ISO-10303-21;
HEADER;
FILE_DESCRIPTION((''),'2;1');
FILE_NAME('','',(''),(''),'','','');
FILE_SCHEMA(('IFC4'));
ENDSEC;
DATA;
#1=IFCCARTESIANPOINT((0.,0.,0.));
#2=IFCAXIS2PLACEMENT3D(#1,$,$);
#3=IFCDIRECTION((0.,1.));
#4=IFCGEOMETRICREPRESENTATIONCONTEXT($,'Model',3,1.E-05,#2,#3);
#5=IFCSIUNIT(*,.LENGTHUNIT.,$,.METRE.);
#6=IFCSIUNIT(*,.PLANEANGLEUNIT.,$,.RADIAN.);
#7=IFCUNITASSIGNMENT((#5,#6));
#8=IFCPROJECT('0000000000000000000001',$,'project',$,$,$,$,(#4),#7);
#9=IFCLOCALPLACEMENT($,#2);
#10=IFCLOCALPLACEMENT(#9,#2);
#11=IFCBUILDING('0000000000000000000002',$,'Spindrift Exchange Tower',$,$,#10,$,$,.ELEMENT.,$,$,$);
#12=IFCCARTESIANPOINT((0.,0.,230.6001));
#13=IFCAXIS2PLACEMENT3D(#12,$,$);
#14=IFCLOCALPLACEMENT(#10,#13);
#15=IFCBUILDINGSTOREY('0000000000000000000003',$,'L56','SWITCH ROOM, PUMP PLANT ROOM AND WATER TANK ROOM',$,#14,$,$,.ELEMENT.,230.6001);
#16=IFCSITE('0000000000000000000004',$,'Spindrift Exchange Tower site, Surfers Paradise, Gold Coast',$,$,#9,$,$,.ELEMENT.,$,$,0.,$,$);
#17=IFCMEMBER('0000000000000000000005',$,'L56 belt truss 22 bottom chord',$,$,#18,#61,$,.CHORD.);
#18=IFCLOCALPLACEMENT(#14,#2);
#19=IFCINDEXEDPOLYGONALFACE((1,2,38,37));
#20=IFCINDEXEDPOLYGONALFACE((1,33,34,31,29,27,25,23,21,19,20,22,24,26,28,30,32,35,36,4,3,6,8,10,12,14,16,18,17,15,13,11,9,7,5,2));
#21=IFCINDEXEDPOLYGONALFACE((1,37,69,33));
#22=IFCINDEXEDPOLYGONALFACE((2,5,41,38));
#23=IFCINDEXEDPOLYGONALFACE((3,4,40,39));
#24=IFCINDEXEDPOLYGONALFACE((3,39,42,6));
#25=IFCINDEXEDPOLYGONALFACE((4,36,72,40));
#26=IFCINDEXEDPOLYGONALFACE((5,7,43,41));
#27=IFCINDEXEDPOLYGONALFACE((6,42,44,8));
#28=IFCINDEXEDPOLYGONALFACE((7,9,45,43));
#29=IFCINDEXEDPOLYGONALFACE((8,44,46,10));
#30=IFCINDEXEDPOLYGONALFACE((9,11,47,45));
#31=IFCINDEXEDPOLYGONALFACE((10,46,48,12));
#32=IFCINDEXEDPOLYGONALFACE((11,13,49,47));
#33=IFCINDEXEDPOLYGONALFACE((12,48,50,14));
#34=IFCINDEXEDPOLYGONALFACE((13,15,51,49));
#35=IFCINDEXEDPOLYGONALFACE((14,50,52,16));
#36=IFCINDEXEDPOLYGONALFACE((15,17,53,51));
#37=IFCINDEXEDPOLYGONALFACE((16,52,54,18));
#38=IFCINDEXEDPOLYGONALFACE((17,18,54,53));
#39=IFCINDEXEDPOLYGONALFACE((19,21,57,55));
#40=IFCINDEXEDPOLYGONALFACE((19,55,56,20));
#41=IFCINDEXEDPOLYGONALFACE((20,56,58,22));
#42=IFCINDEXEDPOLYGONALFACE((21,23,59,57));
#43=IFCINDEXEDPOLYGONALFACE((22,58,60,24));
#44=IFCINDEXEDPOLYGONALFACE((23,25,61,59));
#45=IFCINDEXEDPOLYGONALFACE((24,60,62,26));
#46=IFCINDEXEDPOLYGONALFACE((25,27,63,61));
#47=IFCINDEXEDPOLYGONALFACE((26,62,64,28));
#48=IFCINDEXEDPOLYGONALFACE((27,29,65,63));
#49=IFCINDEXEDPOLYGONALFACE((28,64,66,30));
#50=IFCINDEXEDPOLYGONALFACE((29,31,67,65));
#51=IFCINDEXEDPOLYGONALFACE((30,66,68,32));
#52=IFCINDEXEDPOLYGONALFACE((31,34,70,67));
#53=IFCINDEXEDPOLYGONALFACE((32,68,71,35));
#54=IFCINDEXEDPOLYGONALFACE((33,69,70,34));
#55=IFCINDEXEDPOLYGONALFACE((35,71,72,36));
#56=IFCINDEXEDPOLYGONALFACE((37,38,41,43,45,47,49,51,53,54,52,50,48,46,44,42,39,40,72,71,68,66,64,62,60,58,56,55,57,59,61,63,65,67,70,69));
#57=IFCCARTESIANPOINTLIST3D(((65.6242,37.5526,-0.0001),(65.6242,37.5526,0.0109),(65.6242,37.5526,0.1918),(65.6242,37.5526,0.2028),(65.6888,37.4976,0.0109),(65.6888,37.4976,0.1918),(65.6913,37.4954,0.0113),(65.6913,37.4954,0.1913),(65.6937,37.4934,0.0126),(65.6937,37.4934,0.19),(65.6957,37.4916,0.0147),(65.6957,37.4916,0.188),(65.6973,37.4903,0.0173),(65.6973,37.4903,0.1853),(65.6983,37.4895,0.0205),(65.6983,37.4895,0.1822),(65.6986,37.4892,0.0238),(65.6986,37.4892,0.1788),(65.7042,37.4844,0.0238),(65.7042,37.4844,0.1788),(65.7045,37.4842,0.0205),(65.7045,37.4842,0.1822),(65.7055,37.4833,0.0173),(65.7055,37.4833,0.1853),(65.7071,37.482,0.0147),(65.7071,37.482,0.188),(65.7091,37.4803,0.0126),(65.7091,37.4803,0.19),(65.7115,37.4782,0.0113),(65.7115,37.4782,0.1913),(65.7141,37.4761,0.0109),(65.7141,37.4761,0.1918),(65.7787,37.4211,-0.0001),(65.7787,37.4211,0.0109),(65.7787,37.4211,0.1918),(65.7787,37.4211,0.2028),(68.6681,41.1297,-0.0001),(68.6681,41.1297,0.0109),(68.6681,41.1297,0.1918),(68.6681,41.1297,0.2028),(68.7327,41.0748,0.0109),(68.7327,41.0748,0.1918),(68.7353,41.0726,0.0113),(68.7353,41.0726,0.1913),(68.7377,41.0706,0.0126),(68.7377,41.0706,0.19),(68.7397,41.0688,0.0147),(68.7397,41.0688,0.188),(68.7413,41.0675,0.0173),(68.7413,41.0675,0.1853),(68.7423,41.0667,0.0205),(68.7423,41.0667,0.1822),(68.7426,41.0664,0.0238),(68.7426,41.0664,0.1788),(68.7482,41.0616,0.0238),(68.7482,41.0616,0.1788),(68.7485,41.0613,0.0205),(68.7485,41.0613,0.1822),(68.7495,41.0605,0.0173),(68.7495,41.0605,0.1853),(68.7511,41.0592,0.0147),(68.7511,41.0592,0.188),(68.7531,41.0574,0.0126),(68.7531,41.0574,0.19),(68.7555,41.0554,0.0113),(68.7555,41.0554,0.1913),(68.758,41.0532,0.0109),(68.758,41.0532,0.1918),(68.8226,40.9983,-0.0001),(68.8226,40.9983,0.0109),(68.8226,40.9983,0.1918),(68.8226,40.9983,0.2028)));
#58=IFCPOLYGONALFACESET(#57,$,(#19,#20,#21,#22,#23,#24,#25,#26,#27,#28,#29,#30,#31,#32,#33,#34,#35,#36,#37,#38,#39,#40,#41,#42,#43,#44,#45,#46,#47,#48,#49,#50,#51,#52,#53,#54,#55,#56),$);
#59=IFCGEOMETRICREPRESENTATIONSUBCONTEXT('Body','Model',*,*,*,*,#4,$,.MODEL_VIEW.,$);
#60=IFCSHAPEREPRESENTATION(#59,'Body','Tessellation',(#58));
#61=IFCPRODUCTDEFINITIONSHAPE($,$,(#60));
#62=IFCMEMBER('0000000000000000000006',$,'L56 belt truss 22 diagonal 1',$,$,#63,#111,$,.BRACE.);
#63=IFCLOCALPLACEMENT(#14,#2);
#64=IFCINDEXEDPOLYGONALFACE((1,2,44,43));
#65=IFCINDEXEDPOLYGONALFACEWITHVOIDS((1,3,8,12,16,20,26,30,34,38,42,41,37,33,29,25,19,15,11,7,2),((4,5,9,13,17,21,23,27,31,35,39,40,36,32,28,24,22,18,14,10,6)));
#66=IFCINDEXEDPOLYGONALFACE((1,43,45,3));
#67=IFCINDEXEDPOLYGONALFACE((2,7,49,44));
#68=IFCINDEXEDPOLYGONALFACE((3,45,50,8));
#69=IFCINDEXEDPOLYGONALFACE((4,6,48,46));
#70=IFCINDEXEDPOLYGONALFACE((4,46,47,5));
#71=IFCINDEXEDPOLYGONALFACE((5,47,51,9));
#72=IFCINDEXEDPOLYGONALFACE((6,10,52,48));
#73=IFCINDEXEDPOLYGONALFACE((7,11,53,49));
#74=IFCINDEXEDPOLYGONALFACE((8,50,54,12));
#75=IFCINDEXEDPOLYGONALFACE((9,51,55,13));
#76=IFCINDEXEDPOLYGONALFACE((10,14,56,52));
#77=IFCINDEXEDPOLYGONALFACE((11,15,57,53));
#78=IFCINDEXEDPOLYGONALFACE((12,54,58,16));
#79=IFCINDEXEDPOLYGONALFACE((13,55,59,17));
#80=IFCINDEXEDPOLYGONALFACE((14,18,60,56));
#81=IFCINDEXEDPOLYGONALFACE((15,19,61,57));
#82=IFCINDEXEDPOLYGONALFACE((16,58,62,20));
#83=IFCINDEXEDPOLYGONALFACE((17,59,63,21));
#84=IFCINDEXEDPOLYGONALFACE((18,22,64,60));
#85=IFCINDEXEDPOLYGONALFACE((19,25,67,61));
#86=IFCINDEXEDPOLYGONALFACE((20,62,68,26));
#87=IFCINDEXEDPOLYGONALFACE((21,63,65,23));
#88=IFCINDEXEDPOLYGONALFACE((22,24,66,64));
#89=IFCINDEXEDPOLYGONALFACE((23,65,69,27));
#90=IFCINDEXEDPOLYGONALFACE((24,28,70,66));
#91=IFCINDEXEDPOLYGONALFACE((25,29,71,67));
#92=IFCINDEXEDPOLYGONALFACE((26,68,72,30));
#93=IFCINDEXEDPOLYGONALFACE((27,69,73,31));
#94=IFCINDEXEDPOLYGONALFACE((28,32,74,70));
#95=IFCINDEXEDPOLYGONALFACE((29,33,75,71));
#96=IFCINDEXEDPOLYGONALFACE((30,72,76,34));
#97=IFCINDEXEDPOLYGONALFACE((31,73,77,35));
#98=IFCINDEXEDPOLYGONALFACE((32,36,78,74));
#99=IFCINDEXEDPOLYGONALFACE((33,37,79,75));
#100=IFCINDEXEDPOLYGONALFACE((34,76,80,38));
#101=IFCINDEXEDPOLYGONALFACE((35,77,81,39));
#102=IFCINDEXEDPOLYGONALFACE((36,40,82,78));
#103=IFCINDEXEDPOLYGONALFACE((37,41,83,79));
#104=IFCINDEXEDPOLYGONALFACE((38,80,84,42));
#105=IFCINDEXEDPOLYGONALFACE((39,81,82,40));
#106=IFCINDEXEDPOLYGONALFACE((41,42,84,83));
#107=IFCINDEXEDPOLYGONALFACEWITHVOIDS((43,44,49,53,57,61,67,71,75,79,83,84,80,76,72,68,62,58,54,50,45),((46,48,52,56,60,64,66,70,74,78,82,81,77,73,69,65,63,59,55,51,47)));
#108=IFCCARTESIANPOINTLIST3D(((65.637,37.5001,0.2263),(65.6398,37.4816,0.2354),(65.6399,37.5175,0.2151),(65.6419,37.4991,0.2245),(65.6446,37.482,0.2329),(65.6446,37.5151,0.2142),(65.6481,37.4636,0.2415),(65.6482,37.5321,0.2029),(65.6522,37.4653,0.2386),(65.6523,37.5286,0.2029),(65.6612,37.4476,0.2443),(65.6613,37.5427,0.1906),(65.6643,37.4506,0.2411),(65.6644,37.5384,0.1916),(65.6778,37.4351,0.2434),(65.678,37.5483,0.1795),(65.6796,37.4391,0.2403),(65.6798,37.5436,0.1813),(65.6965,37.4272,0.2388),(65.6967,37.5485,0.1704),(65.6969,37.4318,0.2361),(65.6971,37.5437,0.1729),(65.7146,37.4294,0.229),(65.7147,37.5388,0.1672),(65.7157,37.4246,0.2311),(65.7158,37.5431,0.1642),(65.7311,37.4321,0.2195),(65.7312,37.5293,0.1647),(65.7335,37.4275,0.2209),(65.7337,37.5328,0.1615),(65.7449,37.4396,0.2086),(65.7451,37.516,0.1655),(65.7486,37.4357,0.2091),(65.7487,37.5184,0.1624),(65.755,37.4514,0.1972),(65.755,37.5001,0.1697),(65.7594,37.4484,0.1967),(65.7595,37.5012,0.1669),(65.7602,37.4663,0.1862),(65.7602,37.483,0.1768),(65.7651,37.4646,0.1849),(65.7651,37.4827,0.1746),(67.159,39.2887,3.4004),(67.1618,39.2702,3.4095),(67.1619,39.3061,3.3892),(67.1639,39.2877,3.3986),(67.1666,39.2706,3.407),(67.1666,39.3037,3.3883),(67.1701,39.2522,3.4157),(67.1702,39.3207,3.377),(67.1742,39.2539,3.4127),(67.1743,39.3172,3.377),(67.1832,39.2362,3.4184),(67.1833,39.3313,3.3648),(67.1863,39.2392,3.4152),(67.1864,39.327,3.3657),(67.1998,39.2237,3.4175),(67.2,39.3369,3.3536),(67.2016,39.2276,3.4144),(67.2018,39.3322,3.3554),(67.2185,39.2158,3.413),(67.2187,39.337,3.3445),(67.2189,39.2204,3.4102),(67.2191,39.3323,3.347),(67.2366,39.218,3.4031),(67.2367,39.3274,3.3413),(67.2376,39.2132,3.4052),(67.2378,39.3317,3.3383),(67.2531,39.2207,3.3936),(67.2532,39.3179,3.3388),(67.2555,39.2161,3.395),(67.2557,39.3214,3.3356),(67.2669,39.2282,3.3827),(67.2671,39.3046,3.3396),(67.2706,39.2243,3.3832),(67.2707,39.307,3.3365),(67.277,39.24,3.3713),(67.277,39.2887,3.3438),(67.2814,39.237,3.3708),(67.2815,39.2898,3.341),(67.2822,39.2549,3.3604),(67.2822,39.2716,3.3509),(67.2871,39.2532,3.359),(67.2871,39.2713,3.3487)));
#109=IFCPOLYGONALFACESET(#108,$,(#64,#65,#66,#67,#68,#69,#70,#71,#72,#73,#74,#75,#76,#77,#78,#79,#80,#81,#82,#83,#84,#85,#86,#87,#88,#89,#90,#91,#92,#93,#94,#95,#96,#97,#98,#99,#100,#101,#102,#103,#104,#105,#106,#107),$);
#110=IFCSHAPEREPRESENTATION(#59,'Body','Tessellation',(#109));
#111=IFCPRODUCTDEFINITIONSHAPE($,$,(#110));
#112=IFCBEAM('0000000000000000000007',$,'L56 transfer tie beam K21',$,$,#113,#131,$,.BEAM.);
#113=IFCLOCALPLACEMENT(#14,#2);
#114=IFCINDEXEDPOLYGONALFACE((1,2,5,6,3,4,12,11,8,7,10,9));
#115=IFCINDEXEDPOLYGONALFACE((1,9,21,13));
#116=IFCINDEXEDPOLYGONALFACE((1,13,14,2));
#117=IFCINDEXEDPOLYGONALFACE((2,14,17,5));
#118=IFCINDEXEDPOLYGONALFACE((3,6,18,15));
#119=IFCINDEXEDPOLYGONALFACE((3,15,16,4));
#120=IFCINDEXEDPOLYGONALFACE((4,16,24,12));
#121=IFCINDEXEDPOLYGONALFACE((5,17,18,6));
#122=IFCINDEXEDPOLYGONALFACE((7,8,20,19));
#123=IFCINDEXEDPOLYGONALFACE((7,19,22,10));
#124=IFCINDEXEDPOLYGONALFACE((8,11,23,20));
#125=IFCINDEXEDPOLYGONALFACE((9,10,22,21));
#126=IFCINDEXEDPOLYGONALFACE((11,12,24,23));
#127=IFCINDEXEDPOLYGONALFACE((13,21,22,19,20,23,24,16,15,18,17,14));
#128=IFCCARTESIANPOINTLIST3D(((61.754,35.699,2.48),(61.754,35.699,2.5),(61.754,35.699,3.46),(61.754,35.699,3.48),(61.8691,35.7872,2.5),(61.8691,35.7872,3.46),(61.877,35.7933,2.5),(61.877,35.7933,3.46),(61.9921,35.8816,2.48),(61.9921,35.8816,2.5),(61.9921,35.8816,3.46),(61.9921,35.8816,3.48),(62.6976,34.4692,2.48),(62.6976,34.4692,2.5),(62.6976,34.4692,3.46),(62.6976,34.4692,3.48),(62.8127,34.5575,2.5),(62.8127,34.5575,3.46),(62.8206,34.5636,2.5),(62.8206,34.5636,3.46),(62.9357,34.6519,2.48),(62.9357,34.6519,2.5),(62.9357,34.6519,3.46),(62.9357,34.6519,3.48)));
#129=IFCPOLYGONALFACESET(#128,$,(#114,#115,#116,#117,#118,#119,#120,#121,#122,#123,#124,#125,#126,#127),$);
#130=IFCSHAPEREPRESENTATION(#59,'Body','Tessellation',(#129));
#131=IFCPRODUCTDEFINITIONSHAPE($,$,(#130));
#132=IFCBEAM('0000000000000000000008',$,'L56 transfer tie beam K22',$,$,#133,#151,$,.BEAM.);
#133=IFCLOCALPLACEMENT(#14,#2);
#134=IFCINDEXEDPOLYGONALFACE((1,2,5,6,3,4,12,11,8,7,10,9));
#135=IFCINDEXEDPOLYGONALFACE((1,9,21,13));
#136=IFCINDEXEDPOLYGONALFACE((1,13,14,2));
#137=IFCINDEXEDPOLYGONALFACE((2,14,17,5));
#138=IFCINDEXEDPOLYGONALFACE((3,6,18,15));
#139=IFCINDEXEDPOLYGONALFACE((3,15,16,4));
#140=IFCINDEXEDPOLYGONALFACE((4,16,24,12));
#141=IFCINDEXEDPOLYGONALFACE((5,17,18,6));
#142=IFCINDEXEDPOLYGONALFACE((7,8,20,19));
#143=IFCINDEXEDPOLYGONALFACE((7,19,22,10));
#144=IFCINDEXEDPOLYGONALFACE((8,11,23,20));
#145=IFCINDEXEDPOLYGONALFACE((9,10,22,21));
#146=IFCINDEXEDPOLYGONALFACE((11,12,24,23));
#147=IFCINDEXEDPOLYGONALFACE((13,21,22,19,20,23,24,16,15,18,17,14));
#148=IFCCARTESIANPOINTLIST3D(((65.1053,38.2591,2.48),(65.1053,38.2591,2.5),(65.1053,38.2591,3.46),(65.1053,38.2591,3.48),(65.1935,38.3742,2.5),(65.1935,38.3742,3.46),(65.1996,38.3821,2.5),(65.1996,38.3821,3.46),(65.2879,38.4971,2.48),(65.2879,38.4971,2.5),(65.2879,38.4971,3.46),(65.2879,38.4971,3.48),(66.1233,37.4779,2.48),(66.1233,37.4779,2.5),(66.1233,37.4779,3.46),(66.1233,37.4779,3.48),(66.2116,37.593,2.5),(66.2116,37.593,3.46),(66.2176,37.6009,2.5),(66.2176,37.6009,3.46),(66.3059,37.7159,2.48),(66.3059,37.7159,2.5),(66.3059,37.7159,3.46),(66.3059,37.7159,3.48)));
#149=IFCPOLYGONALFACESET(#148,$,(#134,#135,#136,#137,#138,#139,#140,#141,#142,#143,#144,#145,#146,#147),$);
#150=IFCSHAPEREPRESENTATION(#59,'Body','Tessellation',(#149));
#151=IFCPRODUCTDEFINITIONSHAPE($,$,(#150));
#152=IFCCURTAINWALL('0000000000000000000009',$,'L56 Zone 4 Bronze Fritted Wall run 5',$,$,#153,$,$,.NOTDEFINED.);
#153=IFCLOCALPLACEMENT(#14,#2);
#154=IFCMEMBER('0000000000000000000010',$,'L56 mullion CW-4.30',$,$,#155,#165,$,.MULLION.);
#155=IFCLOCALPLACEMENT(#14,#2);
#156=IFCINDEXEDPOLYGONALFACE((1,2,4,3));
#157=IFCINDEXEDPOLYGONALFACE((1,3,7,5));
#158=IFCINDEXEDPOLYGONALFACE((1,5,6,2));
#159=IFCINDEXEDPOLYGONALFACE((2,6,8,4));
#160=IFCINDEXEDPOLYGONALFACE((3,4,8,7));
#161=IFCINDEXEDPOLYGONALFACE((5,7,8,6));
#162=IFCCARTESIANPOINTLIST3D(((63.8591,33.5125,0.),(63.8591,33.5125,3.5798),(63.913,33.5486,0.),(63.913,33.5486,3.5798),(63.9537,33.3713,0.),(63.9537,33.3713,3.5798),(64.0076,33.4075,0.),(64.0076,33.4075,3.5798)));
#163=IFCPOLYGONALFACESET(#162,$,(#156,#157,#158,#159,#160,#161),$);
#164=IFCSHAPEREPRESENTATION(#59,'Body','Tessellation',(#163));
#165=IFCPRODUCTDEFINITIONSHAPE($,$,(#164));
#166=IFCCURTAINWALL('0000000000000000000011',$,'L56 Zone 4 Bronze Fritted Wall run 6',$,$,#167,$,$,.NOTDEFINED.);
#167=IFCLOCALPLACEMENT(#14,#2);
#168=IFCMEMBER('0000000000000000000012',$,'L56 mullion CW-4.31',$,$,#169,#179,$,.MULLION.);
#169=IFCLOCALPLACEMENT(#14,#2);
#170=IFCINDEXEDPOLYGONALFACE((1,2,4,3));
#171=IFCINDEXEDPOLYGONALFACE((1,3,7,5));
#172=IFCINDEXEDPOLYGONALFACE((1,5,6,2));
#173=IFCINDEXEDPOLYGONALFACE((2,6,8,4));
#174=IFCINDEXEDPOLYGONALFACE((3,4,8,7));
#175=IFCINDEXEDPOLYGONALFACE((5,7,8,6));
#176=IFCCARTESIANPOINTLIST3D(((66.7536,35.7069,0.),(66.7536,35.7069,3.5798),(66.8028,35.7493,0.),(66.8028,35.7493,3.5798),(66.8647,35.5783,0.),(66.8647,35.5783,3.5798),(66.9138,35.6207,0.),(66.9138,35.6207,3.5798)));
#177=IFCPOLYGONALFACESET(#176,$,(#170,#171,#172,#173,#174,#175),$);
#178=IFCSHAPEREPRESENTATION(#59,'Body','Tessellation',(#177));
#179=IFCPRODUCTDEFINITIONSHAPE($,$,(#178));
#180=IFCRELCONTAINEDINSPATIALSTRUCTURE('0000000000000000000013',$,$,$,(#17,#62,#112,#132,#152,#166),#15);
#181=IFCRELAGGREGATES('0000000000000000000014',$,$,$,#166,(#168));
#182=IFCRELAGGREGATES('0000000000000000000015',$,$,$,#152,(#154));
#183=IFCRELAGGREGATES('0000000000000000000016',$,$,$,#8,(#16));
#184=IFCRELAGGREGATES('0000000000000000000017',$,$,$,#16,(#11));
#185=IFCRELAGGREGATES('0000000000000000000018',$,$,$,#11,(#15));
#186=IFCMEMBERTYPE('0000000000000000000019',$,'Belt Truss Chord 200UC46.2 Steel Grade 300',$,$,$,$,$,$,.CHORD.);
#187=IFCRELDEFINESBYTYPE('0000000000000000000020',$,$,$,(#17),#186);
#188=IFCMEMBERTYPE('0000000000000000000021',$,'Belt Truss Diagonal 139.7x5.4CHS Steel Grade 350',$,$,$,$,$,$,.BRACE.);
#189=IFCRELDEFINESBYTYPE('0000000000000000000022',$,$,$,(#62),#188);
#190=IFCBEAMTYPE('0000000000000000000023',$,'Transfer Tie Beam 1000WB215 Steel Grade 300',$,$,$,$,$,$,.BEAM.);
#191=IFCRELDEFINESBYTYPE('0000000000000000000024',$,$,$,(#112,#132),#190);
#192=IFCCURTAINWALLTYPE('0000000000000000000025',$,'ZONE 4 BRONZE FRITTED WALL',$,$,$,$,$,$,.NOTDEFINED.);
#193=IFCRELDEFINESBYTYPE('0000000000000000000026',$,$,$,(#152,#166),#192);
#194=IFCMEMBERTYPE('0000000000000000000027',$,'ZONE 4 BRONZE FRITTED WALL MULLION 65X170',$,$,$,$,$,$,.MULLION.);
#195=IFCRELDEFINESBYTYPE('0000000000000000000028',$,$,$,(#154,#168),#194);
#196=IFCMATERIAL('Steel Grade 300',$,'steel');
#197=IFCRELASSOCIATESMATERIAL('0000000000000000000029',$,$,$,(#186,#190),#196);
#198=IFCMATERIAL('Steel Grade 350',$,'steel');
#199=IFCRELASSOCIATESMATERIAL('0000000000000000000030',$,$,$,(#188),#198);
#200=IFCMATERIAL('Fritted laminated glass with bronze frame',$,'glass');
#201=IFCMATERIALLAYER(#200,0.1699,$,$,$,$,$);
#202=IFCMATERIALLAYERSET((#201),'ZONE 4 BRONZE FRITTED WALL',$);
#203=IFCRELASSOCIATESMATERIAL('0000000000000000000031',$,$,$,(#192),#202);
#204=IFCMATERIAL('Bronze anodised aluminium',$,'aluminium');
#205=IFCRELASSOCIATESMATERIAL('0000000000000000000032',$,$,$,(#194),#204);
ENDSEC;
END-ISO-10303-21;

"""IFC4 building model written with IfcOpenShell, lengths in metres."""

from ifc_helpers import new_model, si_unit, direction, frame, origin, origin_2d, place, context, subcontext, project, spatial, rectangle, hollow_circle, i_section, extrude, source, transform, mapped, material, layer, layer_set, material_profile, profile_set, type_object, element, aggregate, save


model = new_model("IFC4")

# Units and contexts
model_context = context("Model", 3, precision=1e-05, world=origin(), true_north=direction((0.0, 1.0)))
body_context = subcontext(model_context, "Body", "Model", "MODEL_VIEW")
ifc_project = project(units=[si_unit("LENGTHUNIT", "METRE"), si_unit("PLANEANGLEUNIT", "RADIAN")], contexts=[model_context])

# Site, building, storey
site_placement = place(None, origin())
site = spatial("IfcSite", under=ifc_project, at=site_placement, Name="Spindrift Exchange Tower site, Surfers Paradise, Gold Coast", CompositionType="ELEMENT", RefElevation=0.0)
building_placement = place(site_placement, origin())
building = spatial("IfcBuilding", under=site, at=building_placement, Name="Spindrift Exchange Tower", CompositionType="ELEMENT")
storey_placement = place(building_placement, frame((0.0, 0.0, 230.6001)))
storey = spatial("IfcBuildingStorey", under=building, at=storey_placement, Name="L56", Description="SWITCH ROOM, PUMP PLANT ROOM AND WATER TANK ROOM", CompositionType="ELEMENT", Elevation=230.6001)

# Shared definitions
ifc_material_1 = material(Name="Steel Grade 300", Category="steel")

# Members
ifc_material_profile_1 = material_profile(ifc_material_1, i_section(OverallWidth=0.2029, OverallDepth=0.2029, WebThickness=0.0073, FlangeThickness=0.011, FilletRadius=0.0129, at=origin_2d()), Name="200UC46.2")
ifc_profile_set_1 = profile_set([ifc_material_profile_1], Name="Steel Grade 300")
member_type_1 = type_object("IfcMemberType", Name="Belt Truss Chord 200UC46.2 Steel Grade 300", PredefinedType="CHORD", material=ifc_profile_set_1)
ifc_material_2 = material(Name="Steel Grade 350", Category="steel")
ifc_material_profile_2 = material_profile(ifc_material_2, hollow_circle(Radius=0.0698, WallThickness=0.0054, at=origin_2d()), Name="139.7x5.4CHS")
ifc_profile_set_2 = profile_set([ifc_material_profile_2], Name="Steel Grade 350")
member_type_2 = type_object("IfcMemberType", Name="Belt Truss Diagonal 139.7x5.4CHS Steel Grade 350", PredefinedType="BRACE", material=ifc_profile_set_2)
shared_shape_1 = source(origin(), body_context, "Body", "SweptSolid", [
    extrude(i_section(OverallWidth=0.2029, OverallDepth=0.2029, WebThickness=0.0073, FlangeThickness=0.011, FilletRadius=0.0129, at=origin_2d()), origin(), (0.0, 0.0, 1.0), 4.697),
])
for number, where, z_axis, x_axis, name in (
    (1, (65.7014, 37.4868, 0.1013), (0.648065, 0.761585, 0.0), (-0.761585, 0.648065, 0.0), "L56 belt truss 22 bottom chord"),
):
    element("IfcMember", number, at=place(storey_placement, frame(where, z_axis=z_axis, x_axis=x_axis)), inside=storey, type_object=member_type_1, Name=name, PredefinedType="CHORD", context=body_context, shape_type="MappedRepresentation", body=[
        mapped(shared_shape_1, transform((0.0, 0.0, 0.0), scale=1.0)),
    ])
shared_shape_2 = source(origin(), body_context, "Body", "SweptSolid", [
    extrude(hollow_circle(Radius=0.0698, WallThickness=0.0054, at=origin_2d()), origin(), (0.0, 0.0, 1.0), 3.9485),
])
member_1_placement = place(storey_placement, frame((65.7014, 37.4868, 0.2029), z_axis=(0.385462, 0.452983, 0.803881), x_axis=(-0.761585, 0.648065, 0.0)))
element("IfcMember", 2, at=member_1_placement, inside=storey, type_object=member_type_2, Name="L56 belt truss 22 diagonal 1", PredefinedType="BRACE", context=body_context, shape_type="MappedRepresentation", body=[
    mapped(shared_shape_2, transform((0.0, 0.0, 0.0), scale=1.0)),
])

# Beams
ifc_material_profile_3 = material_profile(ifc_material_1, i_section(OverallWidth=0.3, OverallDepth=1.0, WebThickness=0.01, FlangeThickness=0.02, at=origin_2d()), Name="1000WB215")
ifc_profile_set_3 = profile_set([ifc_material_profile_3], Name="Steel Grade 300")
beam_type_1 = type_object("IfcBeamType", Name="Transfer Tie Beam 1000WB215 Steel Grade 300", PredefinedType="BEAM", material=ifc_profile_set_3)
shared_shape_3 = source(origin(), body_context, "Body", "SweptSolid", [
    extrude(i_section(OverallWidth=0.3, OverallDepth=1.0, WebThickness=0.01, FlangeThickness=0.02, at=origin_2d()), origin(), (0.0, 0.0, 1.0), 1.55),
])
beam_1_placement = place(storey_placement, frame((62.8167, 34.5605, 2.98), z_axis=(-0.608759, 0.793355, 0.0), x_axis=(-0.793355, -0.608759, 0.0)))
element("IfcBeam", 3, at=beam_1_placement, inside=storey, type_object=beam_type_1, Name="L56 transfer tie beam K21", PredefinedType="BEAM", context=body_context, shape_type="MappedRepresentation", body=[
    mapped(shared_shape_3, transform((0.0, 0.0, 0.0), scale=1.0)),
])
shared_shape_4 = source(origin(), body_context, "Body", "SweptSolid", [
    extrude(i_section(OverallWidth=0.3, OverallDepth=1.0, WebThickness=0.01, FlangeThickness=0.02, at=origin_2d()), origin(), (0.0, 0.0, 1.0), 1.2832),
])
beam_2_placement = place(storey_placement, frame((66.2146, 37.5969, 2.98), z_axis=(-0.793331, 0.608791, 0.0), x_axis=(-0.608791, -0.793331, 0.0)))
element("IfcBeam", 4, at=beam_2_placement, inside=storey, type_object=beam_type_1, Name="L56 transfer tie beam K22", PredefinedType="BEAM", context=body_context, shape_type="MappedRepresentation", body=[
    mapped(shared_shape_4, transform((0.0, 0.0, 0.0), scale=1.0)),
])

# Curtain walls, members
ifc_material_3 = material(Name="Fritted laminated glass with bronze frame", Category="glass")
ifc_layer_1 = layer(ifc_material_3, 0.1699)
ifc_layer_set_1 = layer_set([ifc_layer_1], Name="ZONE 4 BRONZE FRITTED WALL")
curtain_wall_type = type_object("IfcCurtainWallType", Name="ZONE 4 BRONZE FRITTED WALL", PredefinedType="NOTDEFINED", material=ifc_layer_set_1)
curtain_wall_1_placement = place(storey_placement, origin())
curtain_wall_1 = element("IfcCurtainWall", 5, at=curtain_wall_1_placement, inside=storey, type_object=curtain_wall_type, Name="L56 Zone 4 Bronze Fritted Wall run 5", PredefinedType="NOTDEFINED")
ifc_material_4 = material(Name="Bronze anodised aluminium", Category="aluminium")
ifc_material_profile_4 = material_profile(ifc_material_4, rectangle(XDim=0.0649, YDim=0.1699, at=origin_2d()), Name="ZONE 4 BRONZE FRITTED WALL MULLION 65X170")
ifc_profile_set_4 = profile_set([ifc_material_profile_4], Name="Bronze anodised aluminium")
member_type_3 = type_object("IfcMemberType", Name="ZONE 4 BRONZE FRITTED WALL MULLION 65X170", PredefinedType="MULLION", material=ifc_profile_set_4)
shared_shape_5 = source(origin(), body_context, "Body", "SweptSolid", [
    extrude(rectangle(XDim=0.0649, YDim=0.1699, at=origin_2d()), origin(), (0.0, 0.0, 1.0), 3.5798),
])
member_2_placement = place(storey_placement, frame((63.9333, 33.46, 0.0), z_axis=(0.0, 0.0, 1.0), x_axis=(0.83078, 0.556601, 0.0)))
member_2 = element("IfcMember", 6, at=member_2_placement, type_object=member_type_3, Name="L56 mullion CW-4.30", PredefinedType="MULLION", context=body_context, shape_type="MappedRepresentation", body=[
    mapped(shared_shape_5, transform((0.0, 0.0, 0.0), scale=1.0)),
])
curtain_wall_2_placement = place(storey_placement, origin())
curtain_wall_2 = element("IfcCurtainWall", 7, at=curtain_wall_2_placement, inside=storey, type_object=curtain_wall_type, Name="L56 Zone 4 Bronze Fritted Wall run 6", PredefinedType="NOTDEFINED")
member_3_placement = place(storey_placement, frame((66.8337, 35.6638, 0.0), z_axis=(0.0, 0.0, 1.0), x_axis=(0.756945, 0.653479, 0.0)))
member_3 = element("IfcMember", 8, at=member_3_placement, type_object=member_type_3, Name="L56 mullion CW-4.31", PredefinedType="MULLION", context=body_context, shape_type="MappedRepresentation", body=[
    mapped(shared_shape_5, transform((0.0, 0.0, 0.0), scale=1.0)),
])

aggregate(curtain_wall_2, [member_3])
aggregate(curtain_wall_1, [member_2])

save(model, "model.ifc")
